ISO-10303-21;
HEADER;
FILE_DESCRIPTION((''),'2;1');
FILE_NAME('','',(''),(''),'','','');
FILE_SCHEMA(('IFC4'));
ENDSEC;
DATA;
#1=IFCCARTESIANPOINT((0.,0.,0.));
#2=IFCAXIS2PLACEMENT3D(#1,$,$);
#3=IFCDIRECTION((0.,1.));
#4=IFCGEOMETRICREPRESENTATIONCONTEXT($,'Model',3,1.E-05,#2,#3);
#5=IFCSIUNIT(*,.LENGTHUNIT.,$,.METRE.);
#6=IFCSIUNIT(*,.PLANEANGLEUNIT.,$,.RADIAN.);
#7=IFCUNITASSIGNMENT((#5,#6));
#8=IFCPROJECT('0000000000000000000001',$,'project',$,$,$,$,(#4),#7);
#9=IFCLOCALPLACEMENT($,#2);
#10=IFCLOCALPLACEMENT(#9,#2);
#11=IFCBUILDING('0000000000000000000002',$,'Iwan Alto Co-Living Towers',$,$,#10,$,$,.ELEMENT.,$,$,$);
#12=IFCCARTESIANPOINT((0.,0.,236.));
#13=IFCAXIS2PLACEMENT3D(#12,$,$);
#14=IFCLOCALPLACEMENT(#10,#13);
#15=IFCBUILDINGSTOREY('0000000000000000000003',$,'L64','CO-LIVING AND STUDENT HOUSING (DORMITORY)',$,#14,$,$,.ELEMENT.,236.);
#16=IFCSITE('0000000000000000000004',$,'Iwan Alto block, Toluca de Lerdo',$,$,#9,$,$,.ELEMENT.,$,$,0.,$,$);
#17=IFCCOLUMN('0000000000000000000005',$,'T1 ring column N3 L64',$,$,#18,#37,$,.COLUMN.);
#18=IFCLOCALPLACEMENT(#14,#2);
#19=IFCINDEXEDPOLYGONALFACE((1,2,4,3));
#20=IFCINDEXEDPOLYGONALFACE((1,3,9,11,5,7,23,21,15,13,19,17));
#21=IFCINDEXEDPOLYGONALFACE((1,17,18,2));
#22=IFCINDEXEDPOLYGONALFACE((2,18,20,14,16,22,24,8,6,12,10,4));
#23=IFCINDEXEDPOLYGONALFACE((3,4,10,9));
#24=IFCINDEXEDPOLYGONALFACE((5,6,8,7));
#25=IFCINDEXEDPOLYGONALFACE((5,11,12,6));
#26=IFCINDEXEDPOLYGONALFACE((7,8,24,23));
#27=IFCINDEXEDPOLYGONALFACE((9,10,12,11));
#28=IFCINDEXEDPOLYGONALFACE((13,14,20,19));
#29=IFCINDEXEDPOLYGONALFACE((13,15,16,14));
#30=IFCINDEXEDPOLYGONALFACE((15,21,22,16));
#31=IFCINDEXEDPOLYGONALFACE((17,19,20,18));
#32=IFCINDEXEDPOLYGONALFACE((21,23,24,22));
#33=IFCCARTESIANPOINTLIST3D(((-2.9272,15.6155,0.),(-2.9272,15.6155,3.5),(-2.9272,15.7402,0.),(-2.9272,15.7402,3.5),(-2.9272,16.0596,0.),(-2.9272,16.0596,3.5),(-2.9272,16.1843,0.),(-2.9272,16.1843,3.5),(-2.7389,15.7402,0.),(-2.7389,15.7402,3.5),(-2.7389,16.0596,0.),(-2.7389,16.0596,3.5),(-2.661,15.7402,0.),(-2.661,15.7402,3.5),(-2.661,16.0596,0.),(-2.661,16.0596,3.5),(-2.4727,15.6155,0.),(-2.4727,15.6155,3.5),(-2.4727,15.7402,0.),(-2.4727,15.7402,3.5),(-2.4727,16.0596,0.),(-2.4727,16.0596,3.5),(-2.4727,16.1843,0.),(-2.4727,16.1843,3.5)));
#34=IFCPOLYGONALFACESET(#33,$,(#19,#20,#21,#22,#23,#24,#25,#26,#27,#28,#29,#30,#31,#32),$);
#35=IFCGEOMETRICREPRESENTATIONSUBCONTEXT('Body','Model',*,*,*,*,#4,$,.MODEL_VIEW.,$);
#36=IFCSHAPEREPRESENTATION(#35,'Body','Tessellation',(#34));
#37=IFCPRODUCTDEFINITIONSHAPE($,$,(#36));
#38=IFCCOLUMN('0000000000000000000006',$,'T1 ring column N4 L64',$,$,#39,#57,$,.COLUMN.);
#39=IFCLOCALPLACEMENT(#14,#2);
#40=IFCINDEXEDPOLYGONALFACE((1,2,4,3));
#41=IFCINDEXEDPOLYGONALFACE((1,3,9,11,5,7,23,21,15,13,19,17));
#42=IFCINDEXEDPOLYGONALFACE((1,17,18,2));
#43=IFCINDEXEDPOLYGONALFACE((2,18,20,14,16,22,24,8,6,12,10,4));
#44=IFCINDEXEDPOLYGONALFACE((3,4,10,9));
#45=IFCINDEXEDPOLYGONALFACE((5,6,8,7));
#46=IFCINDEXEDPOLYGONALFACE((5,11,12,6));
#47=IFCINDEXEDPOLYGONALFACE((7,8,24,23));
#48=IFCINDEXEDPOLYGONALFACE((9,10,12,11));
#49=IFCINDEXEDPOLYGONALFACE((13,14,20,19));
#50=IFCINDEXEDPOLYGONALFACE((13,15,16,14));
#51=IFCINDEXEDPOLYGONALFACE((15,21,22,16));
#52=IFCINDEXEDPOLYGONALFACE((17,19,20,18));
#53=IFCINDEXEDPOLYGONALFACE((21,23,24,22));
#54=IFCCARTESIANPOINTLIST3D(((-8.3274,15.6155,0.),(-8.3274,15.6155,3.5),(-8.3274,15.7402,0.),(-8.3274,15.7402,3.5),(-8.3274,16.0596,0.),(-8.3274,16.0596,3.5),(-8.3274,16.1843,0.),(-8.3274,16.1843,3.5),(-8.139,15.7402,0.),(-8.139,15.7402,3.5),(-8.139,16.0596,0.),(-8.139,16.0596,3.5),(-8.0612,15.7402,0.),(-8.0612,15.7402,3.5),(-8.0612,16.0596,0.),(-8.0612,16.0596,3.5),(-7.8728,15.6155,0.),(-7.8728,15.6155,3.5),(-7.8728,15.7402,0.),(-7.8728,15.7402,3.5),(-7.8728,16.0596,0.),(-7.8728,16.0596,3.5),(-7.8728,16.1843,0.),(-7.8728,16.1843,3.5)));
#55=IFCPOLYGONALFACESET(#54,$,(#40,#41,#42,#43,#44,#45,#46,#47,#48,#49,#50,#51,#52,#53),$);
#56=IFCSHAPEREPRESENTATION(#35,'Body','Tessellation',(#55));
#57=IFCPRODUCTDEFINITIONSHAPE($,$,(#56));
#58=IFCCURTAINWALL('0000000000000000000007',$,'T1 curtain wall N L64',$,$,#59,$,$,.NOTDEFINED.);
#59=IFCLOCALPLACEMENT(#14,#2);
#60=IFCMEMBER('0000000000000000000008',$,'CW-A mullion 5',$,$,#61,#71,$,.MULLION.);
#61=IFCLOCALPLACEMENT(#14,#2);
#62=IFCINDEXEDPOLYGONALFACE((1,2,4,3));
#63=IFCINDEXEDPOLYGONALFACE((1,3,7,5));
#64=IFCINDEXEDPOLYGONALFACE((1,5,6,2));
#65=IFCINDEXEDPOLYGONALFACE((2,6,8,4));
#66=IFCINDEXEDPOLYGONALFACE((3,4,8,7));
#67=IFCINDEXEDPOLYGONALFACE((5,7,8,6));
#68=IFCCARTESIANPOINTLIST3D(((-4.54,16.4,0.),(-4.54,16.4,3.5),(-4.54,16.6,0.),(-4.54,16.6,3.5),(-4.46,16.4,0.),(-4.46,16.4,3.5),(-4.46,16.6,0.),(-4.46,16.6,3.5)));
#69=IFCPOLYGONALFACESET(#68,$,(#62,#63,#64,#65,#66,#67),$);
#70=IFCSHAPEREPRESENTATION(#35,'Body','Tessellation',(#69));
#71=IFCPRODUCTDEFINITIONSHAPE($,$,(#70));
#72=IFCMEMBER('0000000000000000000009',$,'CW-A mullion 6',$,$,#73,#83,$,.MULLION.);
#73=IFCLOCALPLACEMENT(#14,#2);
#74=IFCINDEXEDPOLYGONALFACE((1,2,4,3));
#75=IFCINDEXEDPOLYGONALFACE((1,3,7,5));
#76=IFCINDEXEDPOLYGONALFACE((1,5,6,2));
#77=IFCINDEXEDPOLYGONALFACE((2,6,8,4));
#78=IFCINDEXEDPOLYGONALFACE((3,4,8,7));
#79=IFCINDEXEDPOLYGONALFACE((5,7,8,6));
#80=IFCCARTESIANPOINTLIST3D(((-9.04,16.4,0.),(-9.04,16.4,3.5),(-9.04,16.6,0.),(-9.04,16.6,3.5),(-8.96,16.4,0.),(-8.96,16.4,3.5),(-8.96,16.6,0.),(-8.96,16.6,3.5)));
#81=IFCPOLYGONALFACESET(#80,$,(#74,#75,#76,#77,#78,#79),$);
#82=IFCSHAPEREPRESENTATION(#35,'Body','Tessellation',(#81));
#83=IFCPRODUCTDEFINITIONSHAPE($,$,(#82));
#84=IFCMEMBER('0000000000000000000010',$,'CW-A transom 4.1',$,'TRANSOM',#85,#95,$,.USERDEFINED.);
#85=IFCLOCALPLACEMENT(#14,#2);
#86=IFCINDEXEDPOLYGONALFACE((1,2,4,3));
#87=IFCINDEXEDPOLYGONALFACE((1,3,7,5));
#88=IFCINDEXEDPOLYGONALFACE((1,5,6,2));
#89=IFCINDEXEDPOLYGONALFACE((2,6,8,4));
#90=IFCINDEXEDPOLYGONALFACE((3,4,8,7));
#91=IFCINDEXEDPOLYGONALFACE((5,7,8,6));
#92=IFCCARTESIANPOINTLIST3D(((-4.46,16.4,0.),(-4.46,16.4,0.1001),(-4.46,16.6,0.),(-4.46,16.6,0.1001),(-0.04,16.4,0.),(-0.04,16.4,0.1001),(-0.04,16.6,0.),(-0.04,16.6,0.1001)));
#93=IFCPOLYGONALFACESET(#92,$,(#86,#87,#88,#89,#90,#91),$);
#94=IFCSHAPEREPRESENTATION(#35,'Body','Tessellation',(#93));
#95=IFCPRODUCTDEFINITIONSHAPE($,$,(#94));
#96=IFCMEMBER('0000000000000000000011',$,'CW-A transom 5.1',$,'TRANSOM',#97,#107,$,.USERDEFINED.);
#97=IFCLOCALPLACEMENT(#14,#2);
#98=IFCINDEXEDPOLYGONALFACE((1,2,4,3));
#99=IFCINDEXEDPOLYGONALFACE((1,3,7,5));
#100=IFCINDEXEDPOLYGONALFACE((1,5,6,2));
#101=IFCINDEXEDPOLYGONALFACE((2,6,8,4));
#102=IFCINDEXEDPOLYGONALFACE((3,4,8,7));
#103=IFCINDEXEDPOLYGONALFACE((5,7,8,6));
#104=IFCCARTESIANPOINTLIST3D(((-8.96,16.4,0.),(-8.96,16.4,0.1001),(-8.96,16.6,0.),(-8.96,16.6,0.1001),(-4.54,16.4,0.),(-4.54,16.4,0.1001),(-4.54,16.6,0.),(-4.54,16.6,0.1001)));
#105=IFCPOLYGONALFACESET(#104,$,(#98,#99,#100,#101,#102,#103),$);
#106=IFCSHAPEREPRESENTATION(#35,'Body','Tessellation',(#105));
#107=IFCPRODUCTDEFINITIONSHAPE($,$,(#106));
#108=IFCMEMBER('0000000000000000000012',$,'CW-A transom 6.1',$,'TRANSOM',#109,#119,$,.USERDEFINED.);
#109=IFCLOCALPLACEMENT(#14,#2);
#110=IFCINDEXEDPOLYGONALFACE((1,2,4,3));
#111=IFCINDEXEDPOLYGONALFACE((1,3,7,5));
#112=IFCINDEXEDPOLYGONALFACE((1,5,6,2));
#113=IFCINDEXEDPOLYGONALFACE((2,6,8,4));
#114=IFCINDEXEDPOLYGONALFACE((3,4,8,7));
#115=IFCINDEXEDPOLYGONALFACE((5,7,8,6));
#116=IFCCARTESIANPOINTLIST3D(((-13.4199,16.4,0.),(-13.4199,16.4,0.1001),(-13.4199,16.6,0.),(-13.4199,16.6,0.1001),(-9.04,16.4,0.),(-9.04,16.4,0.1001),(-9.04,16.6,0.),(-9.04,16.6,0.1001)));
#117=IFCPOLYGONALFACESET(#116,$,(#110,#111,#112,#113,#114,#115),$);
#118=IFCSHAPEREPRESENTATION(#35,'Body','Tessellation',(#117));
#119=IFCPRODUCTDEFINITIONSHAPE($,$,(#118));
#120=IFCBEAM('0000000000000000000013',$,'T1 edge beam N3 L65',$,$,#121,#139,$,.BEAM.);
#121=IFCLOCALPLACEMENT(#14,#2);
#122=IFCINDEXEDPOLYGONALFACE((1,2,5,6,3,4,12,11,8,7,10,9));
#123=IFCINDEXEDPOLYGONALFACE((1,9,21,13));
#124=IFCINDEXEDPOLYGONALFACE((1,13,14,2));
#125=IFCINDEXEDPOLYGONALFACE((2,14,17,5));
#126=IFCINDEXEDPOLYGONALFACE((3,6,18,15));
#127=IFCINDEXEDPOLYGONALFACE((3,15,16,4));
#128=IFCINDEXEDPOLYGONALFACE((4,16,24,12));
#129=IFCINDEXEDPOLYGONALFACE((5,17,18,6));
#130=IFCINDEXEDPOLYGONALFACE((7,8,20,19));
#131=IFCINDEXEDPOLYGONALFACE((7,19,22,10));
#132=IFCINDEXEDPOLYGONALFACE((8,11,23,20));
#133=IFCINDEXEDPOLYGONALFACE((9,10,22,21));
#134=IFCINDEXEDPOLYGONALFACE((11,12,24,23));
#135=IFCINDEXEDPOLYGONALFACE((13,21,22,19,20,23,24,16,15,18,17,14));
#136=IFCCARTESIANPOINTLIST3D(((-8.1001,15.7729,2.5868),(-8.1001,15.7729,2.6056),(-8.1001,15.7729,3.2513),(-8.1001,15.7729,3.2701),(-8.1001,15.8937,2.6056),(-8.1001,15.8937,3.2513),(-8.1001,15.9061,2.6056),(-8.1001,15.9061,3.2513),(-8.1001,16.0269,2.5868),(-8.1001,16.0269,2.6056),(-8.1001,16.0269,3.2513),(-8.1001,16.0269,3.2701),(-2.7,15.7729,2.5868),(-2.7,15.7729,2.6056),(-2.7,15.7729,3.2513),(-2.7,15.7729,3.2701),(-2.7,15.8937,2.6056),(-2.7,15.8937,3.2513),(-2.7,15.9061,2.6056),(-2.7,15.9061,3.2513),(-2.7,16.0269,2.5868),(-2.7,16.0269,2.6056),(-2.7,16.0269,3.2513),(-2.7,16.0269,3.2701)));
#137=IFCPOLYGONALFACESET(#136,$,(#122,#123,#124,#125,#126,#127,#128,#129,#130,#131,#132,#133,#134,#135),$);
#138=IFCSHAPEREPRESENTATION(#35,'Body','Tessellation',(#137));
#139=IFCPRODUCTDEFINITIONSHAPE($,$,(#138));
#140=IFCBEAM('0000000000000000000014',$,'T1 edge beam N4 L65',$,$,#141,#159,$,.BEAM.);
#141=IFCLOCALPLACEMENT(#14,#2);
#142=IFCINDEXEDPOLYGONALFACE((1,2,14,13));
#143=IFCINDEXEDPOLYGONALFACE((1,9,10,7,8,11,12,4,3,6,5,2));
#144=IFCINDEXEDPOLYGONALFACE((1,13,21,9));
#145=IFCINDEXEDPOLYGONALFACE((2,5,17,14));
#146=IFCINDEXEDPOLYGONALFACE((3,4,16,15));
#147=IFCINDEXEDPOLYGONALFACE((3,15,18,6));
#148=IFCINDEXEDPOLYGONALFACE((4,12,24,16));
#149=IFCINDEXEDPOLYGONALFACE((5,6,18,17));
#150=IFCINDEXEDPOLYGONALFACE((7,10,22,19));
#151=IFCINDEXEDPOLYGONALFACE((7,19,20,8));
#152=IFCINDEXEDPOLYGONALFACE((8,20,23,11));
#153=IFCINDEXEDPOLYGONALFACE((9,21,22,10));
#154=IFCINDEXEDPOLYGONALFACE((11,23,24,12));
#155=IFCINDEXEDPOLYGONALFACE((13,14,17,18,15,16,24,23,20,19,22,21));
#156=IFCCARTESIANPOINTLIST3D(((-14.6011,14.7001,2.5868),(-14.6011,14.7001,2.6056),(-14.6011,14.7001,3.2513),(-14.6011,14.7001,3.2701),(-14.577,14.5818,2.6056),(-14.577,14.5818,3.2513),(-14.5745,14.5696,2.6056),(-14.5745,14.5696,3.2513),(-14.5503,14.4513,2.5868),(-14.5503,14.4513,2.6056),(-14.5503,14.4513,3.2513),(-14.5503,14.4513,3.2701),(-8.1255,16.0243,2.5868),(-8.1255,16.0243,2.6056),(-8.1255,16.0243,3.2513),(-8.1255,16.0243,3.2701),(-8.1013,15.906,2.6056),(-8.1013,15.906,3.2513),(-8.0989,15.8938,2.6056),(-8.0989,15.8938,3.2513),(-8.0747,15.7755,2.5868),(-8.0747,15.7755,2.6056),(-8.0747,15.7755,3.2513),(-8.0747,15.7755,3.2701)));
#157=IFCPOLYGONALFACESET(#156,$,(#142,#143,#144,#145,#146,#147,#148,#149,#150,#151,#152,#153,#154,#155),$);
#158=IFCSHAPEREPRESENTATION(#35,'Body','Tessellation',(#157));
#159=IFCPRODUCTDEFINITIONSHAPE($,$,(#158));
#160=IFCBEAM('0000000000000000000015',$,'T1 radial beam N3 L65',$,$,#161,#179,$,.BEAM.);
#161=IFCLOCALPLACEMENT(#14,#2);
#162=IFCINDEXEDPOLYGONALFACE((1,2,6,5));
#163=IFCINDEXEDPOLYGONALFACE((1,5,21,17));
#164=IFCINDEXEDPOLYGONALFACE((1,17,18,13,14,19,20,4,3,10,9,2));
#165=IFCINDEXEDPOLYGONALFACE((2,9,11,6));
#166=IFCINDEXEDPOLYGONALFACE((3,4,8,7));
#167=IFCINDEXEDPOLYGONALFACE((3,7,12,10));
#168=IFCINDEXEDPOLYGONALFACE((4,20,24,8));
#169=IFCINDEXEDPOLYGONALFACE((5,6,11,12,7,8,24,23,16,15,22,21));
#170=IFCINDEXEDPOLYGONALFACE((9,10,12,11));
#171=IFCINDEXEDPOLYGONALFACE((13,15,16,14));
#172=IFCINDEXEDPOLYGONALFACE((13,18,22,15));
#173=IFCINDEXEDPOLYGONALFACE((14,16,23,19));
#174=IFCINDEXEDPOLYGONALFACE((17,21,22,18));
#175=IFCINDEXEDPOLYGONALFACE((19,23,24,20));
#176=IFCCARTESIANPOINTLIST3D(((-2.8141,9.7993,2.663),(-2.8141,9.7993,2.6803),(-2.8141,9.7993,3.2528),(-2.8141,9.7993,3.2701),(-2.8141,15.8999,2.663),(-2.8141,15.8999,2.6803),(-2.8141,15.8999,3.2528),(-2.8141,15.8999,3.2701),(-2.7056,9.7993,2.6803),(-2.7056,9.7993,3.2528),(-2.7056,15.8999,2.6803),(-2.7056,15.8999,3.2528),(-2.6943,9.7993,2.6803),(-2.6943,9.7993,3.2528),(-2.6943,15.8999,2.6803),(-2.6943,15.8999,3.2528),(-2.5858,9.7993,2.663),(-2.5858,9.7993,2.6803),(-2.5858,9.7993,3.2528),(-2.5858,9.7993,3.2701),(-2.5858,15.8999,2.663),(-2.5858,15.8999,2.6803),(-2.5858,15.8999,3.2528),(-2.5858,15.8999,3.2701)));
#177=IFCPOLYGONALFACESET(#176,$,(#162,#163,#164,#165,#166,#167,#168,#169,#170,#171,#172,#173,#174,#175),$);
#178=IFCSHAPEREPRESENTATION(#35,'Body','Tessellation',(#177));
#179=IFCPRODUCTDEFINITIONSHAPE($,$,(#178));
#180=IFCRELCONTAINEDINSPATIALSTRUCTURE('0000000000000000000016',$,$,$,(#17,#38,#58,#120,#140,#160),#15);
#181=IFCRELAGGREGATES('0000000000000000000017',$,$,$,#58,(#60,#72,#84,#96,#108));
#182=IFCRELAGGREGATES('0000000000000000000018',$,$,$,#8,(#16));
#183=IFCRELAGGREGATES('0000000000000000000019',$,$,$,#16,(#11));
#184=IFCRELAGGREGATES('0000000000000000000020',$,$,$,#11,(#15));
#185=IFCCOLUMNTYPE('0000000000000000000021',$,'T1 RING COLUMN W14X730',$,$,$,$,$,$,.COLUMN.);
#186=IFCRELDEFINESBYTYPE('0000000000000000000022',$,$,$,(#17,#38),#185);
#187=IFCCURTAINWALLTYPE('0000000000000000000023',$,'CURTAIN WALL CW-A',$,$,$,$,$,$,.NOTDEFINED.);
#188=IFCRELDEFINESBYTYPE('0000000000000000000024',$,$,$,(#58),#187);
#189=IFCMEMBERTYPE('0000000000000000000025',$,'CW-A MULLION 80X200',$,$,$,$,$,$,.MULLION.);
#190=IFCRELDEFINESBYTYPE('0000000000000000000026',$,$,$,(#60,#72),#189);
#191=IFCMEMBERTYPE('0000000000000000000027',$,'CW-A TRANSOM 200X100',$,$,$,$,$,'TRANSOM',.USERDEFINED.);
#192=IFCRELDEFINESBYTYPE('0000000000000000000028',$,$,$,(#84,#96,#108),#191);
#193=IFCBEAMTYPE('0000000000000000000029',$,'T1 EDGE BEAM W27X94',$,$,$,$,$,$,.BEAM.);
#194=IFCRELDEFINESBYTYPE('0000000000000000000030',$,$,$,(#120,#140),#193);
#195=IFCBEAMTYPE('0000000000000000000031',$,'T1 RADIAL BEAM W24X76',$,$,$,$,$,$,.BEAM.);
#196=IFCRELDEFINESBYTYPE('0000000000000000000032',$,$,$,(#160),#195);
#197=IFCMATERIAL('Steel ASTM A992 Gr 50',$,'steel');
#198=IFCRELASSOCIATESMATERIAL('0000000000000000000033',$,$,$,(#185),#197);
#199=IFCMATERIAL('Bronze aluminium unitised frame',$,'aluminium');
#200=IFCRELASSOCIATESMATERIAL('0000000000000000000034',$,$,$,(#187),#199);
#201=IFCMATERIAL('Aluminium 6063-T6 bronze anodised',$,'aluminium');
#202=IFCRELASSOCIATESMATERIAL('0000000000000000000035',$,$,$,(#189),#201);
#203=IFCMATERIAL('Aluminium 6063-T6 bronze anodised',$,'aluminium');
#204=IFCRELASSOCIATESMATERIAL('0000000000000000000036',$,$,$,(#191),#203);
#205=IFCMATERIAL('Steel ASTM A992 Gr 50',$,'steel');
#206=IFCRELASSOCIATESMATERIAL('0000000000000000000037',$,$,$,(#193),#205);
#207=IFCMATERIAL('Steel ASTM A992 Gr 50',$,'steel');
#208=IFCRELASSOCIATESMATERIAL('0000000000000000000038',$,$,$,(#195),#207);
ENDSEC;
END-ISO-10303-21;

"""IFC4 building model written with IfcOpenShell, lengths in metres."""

from ifc_helpers import new_model, si_unit, direction, frame, origin, origin_2d, place, context, subcontext, project, spatial, rectangle, i_section, extrude, material, material_profile, profile_set, type_object, element, aggregate, save


model = new_model("IFC4")

# Units and contexts
model_context = context("Model", 3, precision=1e-05, world=origin(), true_north=direction((0.0, 1.0)))
body_context = subcontext(model_context, "Body", "Model", "MODEL_VIEW")
ifc_project = project(units=[si_unit("LENGTHUNIT", "METRE"), si_unit("PLANEANGLEUNIT", "RADIAN")], contexts=[model_context])

# Site, building, storey
site_placement = place(None, origin())
site = spatial("IfcSite", under=ifc_project, at=site_placement, Name="Iwan Alto block, Toluca de Lerdo", CompositionType="ELEMENT", RefElevation=0.0)
building_placement = place(site_placement, origin())
building = spatial("IfcBuilding", under=site, at=building_placement, Name="Iwan Alto Co-Living Towers", CompositionType="ELEMENT")
storey_placement = place(building_placement, frame((0.0, 0.0, 236.0)))
storey = spatial("IfcBuildingStorey", under=building, at=storey_placement, Name="L64", Description="CO-LIVING AND STUDENT HOUSING (DORMITORY)", CompositionType="ELEMENT", Elevation=236.0)

# Columns
ifc_material_1 = material(Name="Steel ASTM A992 Gr 50", Category="steel")
ifc_material_profile_1 = material_profile(ifc_material_1, i_section(OverallWidth=0.4546, OverallDepth=0.5688, WebThickness=0.0779, FlangeThickness=0.1248, at=origin_2d()), Name="W14X730")
ifc_profile_set_1 = profile_set([ifc_material_profile_1], Name="Steel ASTM A992 Gr 50")
column_type = type_object("IfcColumnType", Name="T1 RING COLUMN W14X730", PredefinedType="COLUMN", material=ifc_profile_set_1)
for number, where, z_axis, x_axis, name in (
    (1, (-2.7, 15.8999, 0.0), (0.0, 0.0, 1.0), (1.0, 0.0, 0.0), "T1 ring column N3 L64"),
    (2, (-8.1001, 15.8999, 0.0), (0.0, 0.0, 1.0), (1.0, 0.0, 0.0), "T1 ring column N4 L64"),
):
    element("IfcColumn", number, at=place(storey_placement, frame(where, z_axis=z_axis, x_axis=x_axis)), inside=storey, type_object=column_type, Name=name, PredefinedType="COLUMN", context=body_context, shape_type="SweptSolid", body=[
        extrude(i_section(OverallWidth=0.4546, OverallDepth=0.5688, WebThickness=0.0779, FlangeThickness=0.1248, at=origin_2d()), origin(), (0.0, 0.0, 1.0), 3.5),
    ])

# Curtain wall, members
ifc_material_2 = material(Name="Bronze aluminium unitised frame", Category="aluminium")
curtain_wall_type = type_object("IfcCurtainWallType", Name="CURTAIN WALL CW-A", PredefinedType="NOTDEFINED", material=ifc_material_2)
curtain_wall_placement = place(storey_placement, origin())
curtain_wall = element("IfcCurtainWall", 3, at=curtain_wall_placement, inside=storey, type_object=curtain_wall_type, Name="T1 curtain wall N L64", PredefinedType="NOTDEFINED")
ifc_material_3 = material(Name="Aluminium 6063-T6 bronze anodised", Category="aluminium")
ifc_material_profile_2 = material_profile(ifc_material_3, rectangle(XDim=0.2, YDim=0.0801, at=origin_2d()), Name="AL 80X200")
ifc_profile_set_2 = profile_set([ifc_material_profile_2], Name="Aluminium 6063-T6 bronze anodised")
member_type_1 = type_object("IfcMemberType", Name="CW-A MULLION 80X200", PredefinedType="MULLION", material=ifc_profile_set_2)
member_1_placement = place(storey_placement, frame((-4.5, 16.5, 0.0), z_axis=(0.0, 0.0, 1.0), x_axis=(0.0, -1.0, 0.0)))
member_1 = element("IfcMember", 4, at=member_1_placement, type_object=member_type_1, Name="CW-A mullion 5", PredefinedType="MULLION", context=body_context, shape_type="SweptSolid", body=[
    extrude(rectangle(XDim=0.2, YDim=0.0801, at=origin_2d()), origin(), (0.0, 0.0, 1.0), 3.5),
])
member_2_placement = place(storey_placement, frame((-9.0, 16.5, 0.0), z_axis=(0.0, 0.0, 1.0), x_axis=(0.0, -1.0, 0.0)))
member_2 = element("IfcMember", 5, at=member_2_placement, type_object=member_type_1, Name="CW-A mullion 6", PredefinedType="MULLION", context=body_context, shape_type="SweptSolid", body=[
    extrude(rectangle(XDim=0.2, YDim=0.0801, at=origin_2d()), origin(), (0.0, 0.0, 1.0), 3.5),
])
ifc_material_4 = material(Name="Aluminium 6063-T6 bronze anodised", Category="aluminium")
ifc_material_profile_3 = material_profile(ifc_material_4, rectangle(XDim=0.2, YDim=0.1001, at=origin_2d()), Name="AL 200X100")
ifc_profile_set_3 = profile_set([ifc_material_profile_3], Name="Aluminium 6063-T6 bronze anodised")
member_type_2 = type_object("IfcMemberType", Name="CW-A TRANSOM 200X100", ElementType="TRANSOM", PredefinedType="USERDEFINED", material=ifc_profile_set_3)
member_3_placement = place(storey_placement, frame((-0.04, 16.5, 0.05), z_axis=(-1.0, 0.0, 0.0), x_axis=(0.0, -1.0, 0.0)))
member_3 = element("IfcMember", 6, at=member_3_placement, type_object=member_type_2, Name="CW-A transom 4.1", ObjectType="TRANSOM", PredefinedType="USERDEFINED", context=body_context, shape_type="SweptSolid", body=[
    extrude(rectangle(XDim=0.2, YDim=0.1001, at=origin_2d()), origin(), (0.0, 0.0, 1.0), 4.4199),
])
member_4_placement = place(storey_placement, frame((-4.54, 16.5, 0.05), z_axis=(-1.0, 0.0, 0.0), x_axis=(0.0, -1.0, 0.0)))
member_4 = element("IfcMember", 7, at=member_4_placement, type_object=member_type_2, Name="CW-A transom 5.1", ObjectType="TRANSOM", PredefinedType="USERDEFINED", context=body_context, shape_type="SweptSolid", body=[
    extrude(rectangle(XDim=0.2, YDim=0.1001, at=origin_2d()), origin(), (0.0, 0.0, 1.0), 4.4199),
])
member_5_placement = place(storey_placement, frame((-9.04, 16.5, 0.05), z_axis=(-1.0, 0.0, 0.0), x_axis=(0.0, -1.0, 0.0)))
member_5 = element("IfcMember", 8, at=member_5_placement, type_object=member_type_2, Name="CW-A transom 6.1", ObjectType="TRANSOM", PredefinedType="USERDEFINED", context=body_context, shape_type="SweptSolid", body=[
    extrude(rectangle(XDim=0.2, YDim=0.1001, at=origin_2d()), origin(), (0.0, 0.0, 1.0), 4.3799),
])

# Beams
ifc_material_5 = material(Name="Steel ASTM A992 Gr 50", Category="steel")
ifc_material_profile_4 = material_profile(ifc_material_5, i_section(OverallWidth=0.2539, OverallDepth=0.6833, WebThickness=0.0125, FlangeThickness=0.0188, at=origin_2d()), Name="W27X94")
ifc_profile_set_4 = profile_set([ifc_material_profile_4], Name="Steel ASTM A992 Gr 50")
beam_type_1 = type_object("IfcBeamType", Name="T1 EDGE BEAM W27X94", PredefinedType="BEAM", material=ifc_profile_set_4)
beam_1_placement = place(storey_placement, frame((-2.7, 15.8999, 2.9285), z_axis=(-1.0, 0.0, 0.0), x_axis=(0.0, -1.0, 0.0)))
element("IfcBeam", 9, at=beam_1_placement, inside=storey, type_object=beam_type_1, Name="T1 edge beam N3 L65", PredefinedType="BEAM", context=body_context, shape_type="SweptSolid", body=[
    extrude(i_section(OverallWidth=0.2539, OverallDepth=0.6833, WebThickness=0.0125, FlangeThickness=0.0188, at=origin_2d()), origin(), (0.0, 0.0, 1.0), 5.4001),
])
beam_2_placement = place(storey_placement, frame((-8.1001, 15.8999, 2.9285), z_axis=(-0.979725, -0.200348, 0.0), x_axis=(0.200348, -0.979725, 0.0)))
element("IfcBeam", 10, at=beam_2_placement, inside=storey, type_object=beam_type_1, Name="T1 edge beam N4 L65", PredefinedType="BEAM", context=body_context, shape_type="SweptSolid", body=[
    extrude(i_section(OverallWidth=0.2539, OverallDepth=0.6833, WebThickness=0.0125, FlangeThickness=0.0188, at=origin_2d()), origin(), (0.0, 0.0, 1.0), 6.6096),
])
ifc_material_6 = material(Name="Steel ASTM A992 Gr 50", Category="steel")
ifc_material_profile_5 = material_profile(ifc_material_6, i_section(OverallWidth=0.2283, OverallDepth=0.6072, WebThickness=0.0112, FlangeThickness=0.0173, at=origin_2d()), Name="W24X76")
ifc_profile_set_5 = profile_set([ifc_material_profile_5], Name="Steel ASTM A992 Gr 50")
beam_type_2 = type_object("IfcBeamType", Name="T1 RADIAL BEAM W24X76", PredefinedType="BEAM", material=ifc_profile_set_5)
for number, where, z_axis, x_axis, name in (
    (11, (-2.7, 15.8999, 2.9666), (0.0, -1.0, 0.0), (1.0, 0.0, 0.0), "T1 radial beam N3 L65"),
):
    element("IfcBeam", number, at=place(storey_placement, frame(where, z_axis=z_axis, x_axis=x_axis)), inside=storey, type_object=beam_type_2, Name=name, PredefinedType="BEAM", context=body_context, shape_type="SweptSolid", body=[
        extrude(i_section(OverallWidth=0.2283, OverallDepth=0.6072, WebThickness=0.0112, FlangeThickness=0.0173, at=origin_2d()), origin(), (0.0, 0.0, 1.0), 6.1006),
    ])

aggregate(curtain_wall, [member_1, member_2, member_3, member_4, member_5])

save(model, "model.ifc")
